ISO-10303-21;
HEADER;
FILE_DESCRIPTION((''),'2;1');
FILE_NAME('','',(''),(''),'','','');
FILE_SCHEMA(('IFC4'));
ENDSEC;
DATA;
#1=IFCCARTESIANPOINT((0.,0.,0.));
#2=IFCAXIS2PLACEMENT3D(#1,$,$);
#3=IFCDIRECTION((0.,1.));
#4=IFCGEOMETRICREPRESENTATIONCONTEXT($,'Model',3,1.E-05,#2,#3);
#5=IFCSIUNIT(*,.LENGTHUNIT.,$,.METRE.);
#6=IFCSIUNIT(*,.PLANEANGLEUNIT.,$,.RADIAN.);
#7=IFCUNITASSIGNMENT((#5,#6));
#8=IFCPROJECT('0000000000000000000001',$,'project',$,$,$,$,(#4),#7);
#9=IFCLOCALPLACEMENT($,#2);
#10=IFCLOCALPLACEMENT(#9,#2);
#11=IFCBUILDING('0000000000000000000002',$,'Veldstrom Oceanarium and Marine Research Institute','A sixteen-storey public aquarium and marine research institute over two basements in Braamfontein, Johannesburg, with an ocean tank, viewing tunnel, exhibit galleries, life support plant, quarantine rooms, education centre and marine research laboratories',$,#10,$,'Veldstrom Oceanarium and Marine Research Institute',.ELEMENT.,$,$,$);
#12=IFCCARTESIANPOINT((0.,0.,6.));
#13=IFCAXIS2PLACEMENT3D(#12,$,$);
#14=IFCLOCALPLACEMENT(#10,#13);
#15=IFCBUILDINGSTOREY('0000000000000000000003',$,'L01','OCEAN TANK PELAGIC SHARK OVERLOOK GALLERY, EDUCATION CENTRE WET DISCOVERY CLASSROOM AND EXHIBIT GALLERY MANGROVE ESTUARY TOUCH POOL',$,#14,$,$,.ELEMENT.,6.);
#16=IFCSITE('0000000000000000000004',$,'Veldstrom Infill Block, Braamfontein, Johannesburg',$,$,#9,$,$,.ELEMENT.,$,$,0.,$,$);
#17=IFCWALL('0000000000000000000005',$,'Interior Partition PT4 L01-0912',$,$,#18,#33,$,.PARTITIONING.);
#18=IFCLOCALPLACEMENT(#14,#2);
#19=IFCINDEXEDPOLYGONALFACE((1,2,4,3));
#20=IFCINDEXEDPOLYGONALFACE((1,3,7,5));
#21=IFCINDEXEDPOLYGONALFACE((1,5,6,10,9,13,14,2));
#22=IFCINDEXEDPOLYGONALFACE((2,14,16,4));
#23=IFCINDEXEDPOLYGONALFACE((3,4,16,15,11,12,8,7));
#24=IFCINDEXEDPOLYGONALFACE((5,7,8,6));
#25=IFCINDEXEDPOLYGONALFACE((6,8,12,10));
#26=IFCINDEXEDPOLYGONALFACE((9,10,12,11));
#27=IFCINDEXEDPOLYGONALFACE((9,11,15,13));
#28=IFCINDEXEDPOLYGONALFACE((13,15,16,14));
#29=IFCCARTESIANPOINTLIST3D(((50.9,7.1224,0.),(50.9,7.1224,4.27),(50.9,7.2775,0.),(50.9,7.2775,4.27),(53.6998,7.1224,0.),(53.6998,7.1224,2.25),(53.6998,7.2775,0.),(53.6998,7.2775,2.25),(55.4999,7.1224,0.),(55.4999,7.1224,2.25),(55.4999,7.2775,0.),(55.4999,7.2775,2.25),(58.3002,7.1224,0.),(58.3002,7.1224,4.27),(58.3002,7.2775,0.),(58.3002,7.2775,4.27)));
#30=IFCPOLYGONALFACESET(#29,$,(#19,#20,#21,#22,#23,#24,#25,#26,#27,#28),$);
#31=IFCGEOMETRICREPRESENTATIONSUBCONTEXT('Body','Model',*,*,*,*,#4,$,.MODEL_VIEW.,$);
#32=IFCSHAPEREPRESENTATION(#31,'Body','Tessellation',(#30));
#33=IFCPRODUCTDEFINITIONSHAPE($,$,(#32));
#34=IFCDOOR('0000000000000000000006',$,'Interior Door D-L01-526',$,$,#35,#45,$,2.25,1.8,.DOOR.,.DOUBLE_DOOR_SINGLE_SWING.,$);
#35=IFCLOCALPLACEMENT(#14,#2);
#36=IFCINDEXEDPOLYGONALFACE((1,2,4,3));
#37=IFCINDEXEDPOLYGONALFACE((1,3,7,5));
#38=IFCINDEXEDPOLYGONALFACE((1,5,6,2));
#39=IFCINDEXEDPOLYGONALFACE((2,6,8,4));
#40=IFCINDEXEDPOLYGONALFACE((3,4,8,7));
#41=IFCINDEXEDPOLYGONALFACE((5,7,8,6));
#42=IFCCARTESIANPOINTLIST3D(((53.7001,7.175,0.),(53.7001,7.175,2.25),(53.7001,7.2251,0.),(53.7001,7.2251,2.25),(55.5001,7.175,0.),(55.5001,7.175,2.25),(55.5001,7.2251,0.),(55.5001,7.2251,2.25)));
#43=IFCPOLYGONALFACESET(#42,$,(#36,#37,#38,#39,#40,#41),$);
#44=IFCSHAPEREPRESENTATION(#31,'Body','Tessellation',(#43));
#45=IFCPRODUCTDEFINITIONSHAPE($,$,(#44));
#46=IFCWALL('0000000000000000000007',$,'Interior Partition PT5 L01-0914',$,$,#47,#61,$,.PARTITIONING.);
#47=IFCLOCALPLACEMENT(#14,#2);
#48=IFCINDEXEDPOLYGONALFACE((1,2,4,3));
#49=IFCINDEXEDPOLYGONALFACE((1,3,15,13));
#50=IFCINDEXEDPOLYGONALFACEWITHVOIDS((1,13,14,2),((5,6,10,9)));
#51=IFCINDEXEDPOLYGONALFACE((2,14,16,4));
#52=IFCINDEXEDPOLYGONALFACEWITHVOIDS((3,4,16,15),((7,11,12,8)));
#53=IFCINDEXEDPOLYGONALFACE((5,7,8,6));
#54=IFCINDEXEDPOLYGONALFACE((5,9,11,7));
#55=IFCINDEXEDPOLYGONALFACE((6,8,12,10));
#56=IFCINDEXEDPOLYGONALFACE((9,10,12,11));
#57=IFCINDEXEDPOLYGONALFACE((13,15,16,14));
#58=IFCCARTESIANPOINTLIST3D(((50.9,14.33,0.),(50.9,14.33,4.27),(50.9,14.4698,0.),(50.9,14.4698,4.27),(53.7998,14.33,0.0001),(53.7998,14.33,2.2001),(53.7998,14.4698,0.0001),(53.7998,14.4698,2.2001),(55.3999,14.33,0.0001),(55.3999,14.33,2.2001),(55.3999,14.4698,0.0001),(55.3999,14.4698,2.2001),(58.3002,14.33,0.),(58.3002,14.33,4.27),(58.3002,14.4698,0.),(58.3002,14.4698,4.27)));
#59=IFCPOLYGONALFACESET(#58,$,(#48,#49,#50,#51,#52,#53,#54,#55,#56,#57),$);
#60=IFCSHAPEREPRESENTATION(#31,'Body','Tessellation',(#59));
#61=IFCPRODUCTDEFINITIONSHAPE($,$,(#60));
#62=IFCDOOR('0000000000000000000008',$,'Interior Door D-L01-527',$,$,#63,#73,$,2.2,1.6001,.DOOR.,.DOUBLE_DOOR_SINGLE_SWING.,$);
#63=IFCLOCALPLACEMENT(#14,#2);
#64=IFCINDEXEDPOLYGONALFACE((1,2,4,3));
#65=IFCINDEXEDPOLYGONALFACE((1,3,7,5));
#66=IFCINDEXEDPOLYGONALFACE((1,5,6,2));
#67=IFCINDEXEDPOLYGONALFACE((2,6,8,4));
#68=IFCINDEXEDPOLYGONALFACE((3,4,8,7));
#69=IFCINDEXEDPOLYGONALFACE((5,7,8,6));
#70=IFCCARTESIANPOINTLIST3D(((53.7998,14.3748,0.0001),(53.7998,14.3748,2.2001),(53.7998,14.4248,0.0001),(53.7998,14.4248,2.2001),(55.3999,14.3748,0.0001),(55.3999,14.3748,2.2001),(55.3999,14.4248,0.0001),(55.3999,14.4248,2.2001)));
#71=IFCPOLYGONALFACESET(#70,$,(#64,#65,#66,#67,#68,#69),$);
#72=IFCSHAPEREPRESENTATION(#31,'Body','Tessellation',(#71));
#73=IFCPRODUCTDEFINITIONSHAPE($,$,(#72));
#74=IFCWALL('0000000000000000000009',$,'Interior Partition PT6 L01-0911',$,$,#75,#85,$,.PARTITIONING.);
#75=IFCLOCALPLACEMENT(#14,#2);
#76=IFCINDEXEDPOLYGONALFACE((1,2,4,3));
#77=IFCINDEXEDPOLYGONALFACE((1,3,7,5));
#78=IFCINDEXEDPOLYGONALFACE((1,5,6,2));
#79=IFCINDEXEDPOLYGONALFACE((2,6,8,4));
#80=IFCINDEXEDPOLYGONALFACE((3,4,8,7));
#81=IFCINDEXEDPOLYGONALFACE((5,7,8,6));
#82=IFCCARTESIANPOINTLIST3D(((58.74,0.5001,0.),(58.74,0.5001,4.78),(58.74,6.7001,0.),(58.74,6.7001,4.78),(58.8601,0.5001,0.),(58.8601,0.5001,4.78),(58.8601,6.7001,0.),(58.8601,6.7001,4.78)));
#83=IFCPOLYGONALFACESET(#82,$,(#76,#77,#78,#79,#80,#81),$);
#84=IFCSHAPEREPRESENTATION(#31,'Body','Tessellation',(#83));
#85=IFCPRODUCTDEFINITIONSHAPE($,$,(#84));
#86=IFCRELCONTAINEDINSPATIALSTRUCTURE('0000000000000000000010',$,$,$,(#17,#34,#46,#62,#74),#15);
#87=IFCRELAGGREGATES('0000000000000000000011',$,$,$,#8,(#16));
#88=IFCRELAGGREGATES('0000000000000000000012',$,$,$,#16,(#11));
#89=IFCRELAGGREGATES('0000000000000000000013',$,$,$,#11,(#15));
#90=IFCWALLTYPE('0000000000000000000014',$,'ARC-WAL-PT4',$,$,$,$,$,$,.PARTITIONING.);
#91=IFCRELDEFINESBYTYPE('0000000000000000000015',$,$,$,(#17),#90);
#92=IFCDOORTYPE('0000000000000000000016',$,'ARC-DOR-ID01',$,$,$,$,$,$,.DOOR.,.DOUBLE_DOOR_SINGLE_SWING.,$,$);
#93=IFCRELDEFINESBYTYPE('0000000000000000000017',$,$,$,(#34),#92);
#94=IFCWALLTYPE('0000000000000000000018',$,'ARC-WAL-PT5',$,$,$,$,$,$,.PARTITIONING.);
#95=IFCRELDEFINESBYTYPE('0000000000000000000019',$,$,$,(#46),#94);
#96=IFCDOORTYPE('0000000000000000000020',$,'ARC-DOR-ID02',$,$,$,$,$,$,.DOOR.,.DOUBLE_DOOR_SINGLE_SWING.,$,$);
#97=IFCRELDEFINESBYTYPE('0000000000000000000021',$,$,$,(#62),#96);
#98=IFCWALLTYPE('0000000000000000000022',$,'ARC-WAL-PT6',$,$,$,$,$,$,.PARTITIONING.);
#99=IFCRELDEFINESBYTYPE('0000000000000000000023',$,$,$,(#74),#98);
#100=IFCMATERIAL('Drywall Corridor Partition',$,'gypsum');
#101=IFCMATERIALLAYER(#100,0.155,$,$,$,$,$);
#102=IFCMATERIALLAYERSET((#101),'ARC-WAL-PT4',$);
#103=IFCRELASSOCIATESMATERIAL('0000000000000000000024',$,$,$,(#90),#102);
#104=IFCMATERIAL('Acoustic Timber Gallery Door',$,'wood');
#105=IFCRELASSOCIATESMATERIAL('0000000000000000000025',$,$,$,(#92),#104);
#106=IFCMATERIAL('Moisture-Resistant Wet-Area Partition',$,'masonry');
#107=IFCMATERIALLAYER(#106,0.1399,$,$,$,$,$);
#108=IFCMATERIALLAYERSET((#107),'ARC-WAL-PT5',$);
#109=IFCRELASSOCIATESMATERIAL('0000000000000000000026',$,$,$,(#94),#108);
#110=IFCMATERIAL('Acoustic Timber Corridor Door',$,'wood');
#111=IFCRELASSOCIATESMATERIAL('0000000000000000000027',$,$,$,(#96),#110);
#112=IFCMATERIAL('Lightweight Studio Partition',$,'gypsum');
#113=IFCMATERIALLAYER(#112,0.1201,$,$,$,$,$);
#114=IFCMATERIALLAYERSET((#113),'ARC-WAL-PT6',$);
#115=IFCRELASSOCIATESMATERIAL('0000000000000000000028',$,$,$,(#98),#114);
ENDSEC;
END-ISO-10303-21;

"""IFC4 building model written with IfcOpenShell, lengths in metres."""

from ifc_helpers import new_model, si_unit, direction, frame, frame_2d, origin, place, context, subcontext, project, spatial, rectangle, extrude, material, layer, layer_set, type_object, element, fill, save


model = new_model("IFC4")

# Units and contexts
model_context = context("Model", 3, precision=1e-05, world=origin(), true_north=direction((0.0, 1.0)))
body_context = subcontext(model_context, "Body", "Model", "MODEL_VIEW")
ifc_project = project(units=[si_unit("LENGTHUNIT", "METRE"), si_unit("PLANEANGLEUNIT", "RADIAN")], contexts=[model_context])

# Site, building, storey
site_placement = place(None, origin())
site = spatial("IfcSite", under=ifc_project, at=site_placement, Name="Veldstrom Infill Block, Braamfontein, Johannesburg", CompositionType="ELEMENT", RefElevation=0.0)
building_placement = place(site_placement, origin())
building = spatial("IfcBuilding", under=site, at=building_placement, Name="Veldstrom Oceanarium and Marine Research Institute", Description="A sixteen-storey public aquarium and marine research institute over two basements in Braamfontein, Johannesburg, with an ocean tank, viewing tunnel, exhibit galleries, life support plant, quarantine rooms, education centre and marine research laboratories", LongName="Veldstrom Oceanarium and Marine Research Institute", CompositionType="ELEMENT")
storey_placement = place(building_placement, frame((0.0, 0.0, 6.0)))
storey = spatial("IfcBuildingStorey", under=building, at=storey_placement, Name="L01", Description="OCEAN TANK PELAGIC SHARK OVERLOOK GALLERY, EDUCATION CENTRE WET DISCOVERY CLASSROOM AND EXHIBIT GALLERY MANGROVE ESTUARY TOUCH POOL", CompositionType="ELEMENT", Elevation=6.0)

# Walls, openings, doors
ifc_material_1 = material(Name="Drywall Corridor Partition", Category="gypsum")
ifc_layer_1 = layer(ifc_material_1, 0.155)
ifc_layer_set_1 = layer_set([ifc_layer_1], Name="ARC-WAL-PT4")
wall_type_1 = type_object("IfcWallType", Name="ARC-WAL-PT4", PredefinedType="PARTITIONING", material=ifc_layer_set_1)
wall_1_placement = place(storey_placement, frame((50.8999, 7.2, 0.0), z_axis=(0.0, 0.0, 1.0), x_axis=(1.0, 0.0, 0.0)))
wall_1 = element("IfcWall", 1, at=wall_1_placement, inside=storey, type_object=wall_type_1, Name="Interior Partition PT4 L01-0912", PredefinedType="PARTITIONING", context=body_context, shape_type="SweptSolid", body=[
    extrude(rectangle(XDim=7.4001, YDim=0.155, at=frame_2d((3.7002, 0.0))), origin(), (0.0, 0.0, 1.0), 4.27),
])
opening_1_placement = place(wall_1_placement, frame((2.8, 0.0, 0.0)))
opening_1 = element("IfcOpeningElement", 2, at=opening_1_placement, cuts=wall_1, PredefinedType="OPENING", context=body_context, shape_type="SweptSolid", body=[
    extrude(rectangle(XDim=1.8, YDim=2.25, at=frame_2d((0.8999, 1.125))), frame((0.0, 0.0874, 0.0), z_axis=(0.0, -1.0, 0.0), x_axis=(1.0, 0.0, 0.0)), (0.0, 0.0, 1.0), 0.175),
])
ifc_material_2 = material(Name="Acoustic Timber Gallery Door", Category="wood")
door_type_1 = type_object("IfcDoorType", Name="ARC-DOR-ID01", OperationType="DOUBLE_DOOR_SINGLE_SWING", PredefinedType="DOOR", material=ifc_material_2)
door_1_placement = place(opening_1_placement, frame((1.8, 0.0, 0.0), z_axis=(0.0, 0.0, 1.0), x_axis=(-1.0, 0.0, 0.0)))
door_1 = element("IfcDoor", 3, at=door_1_placement, inside=storey, type_object=door_type_1, Name="Interior Door D-L01-526", OperationType="DOUBLE_DOOR_SINGLE_SWING", OverallHeight=2.25, OverallWidth=1.8, PredefinedType="DOOR", context=body_context, shape_type="SweptSolid", body=[
    extrude(rectangle(XDim=1.8, YDim=2.25, at=frame_2d((0.8999, 1.125))), frame((0.0, 0.0249, 0.0), z_axis=(0.0, -1.0, 0.0), x_axis=(1.0, 0.0, 0.0)), (0.0, 0.0, 1.0), 0.05),
])
fill(opening_1, door_1)
ifc_material_3 = material(Name="Moisture-Resistant Wet-Area Partition", Category="masonry")
ifc_layer_2 = layer(ifc_material_3, 0.1399)
ifc_layer_set_2 = layer_set([ifc_layer_2], Name="ARC-WAL-PT5")
wall_type_2 = type_object("IfcWallType", Name="ARC-WAL-PT5", PredefinedType="PARTITIONING", material=ifc_layer_set_2)
wall_2_placement = place(storey_placement, frame((50.8999, 14.3999, 0.0), z_axis=(0.0, 0.0, 1.0), x_axis=(1.0, 0.0, 0.0)))
wall_2 = element("IfcWall", 4, at=wall_2_placement, inside=storey, type_object=wall_type_2, Name="Interior Partition PT5 L01-0914", PredefinedType="PARTITIONING", context=body_context, shape_type="SweptSolid", body=[
    extrude(rectangle(XDim=7.4001, YDim=0.1399, at=frame_2d((3.7002, 0.0))), origin(), (0.0, 0.0, 1.0), 4.27),
])
opening_2_placement = place(wall_2_placement, frame((2.8999, 0.0, 0.0)))
opening_2 = element("IfcOpeningElement", 5, at=opening_2_placement, cuts=wall_2, PredefinedType="OPENING", context=body_context, shape_type="SweptSolid", body=[
    extrude(rectangle(XDim=1.6001, YDim=2.2, at=frame_2d((0.8, 1.1001))), frame((0.0, 0.0798, 0.0), z_axis=(0.0, -1.0, 0.0), x_axis=(1.0, 0.0, 0.0)), (0.0, 0.0, 1.0), 0.1599),
])
ifc_material_4 = material(Name="Acoustic Timber Corridor Door", Category="wood")
door_type_2 = type_object("IfcDoorType", Name="ARC-DOR-ID02", OperationType="DOUBLE_DOOR_SINGLE_SWING", PredefinedType="DOOR", material=ifc_material_4)
door_2_placement = place(opening_2_placement, origin())
door_2 = element("IfcDoor", 6, at=door_2_placement, inside=storey, type_object=door_type_2, Name="Interior Door D-L01-527", OperationType="DOUBLE_DOOR_SINGLE_SWING", OverallHeight=2.2, OverallWidth=1.6001, PredefinedType="DOOR", context=body_context, shape_type="SweptSolid", body=[
    extrude(rectangle(XDim=1.6001, YDim=2.2, at=frame_2d((0.8, 1.1001))), frame((0.0, 0.0249, 0.0), z_axis=(0.0, -1.0, 0.0), x_axis=(1.0, 0.0, 0.0)), (0.0, 0.0, 1.0), 0.05),
])
fill(opening_2, door_2)

# Wall
ifc_material_5 = material(Name="Lightweight Studio Partition", Category="gypsum")
ifc_layer_3 = layer(ifc_material_5, 0.1201)
ifc_layer_set_3 = layer_set([ifc_layer_3], Name="ARC-WAL-PT6")
wall_type_3 = type_object("IfcWallType", Name="ARC-WAL-PT6", PredefinedType="PARTITIONING", material=ifc_layer_set_3)
wall_3_placement = place(storey_placement, frame((58.8, 0.5, 0.0), z_axis=(0.0, 0.0, 1.0), x_axis=(0.0, 1.0, 0.0)))
element("IfcWall", 7, at=wall_3_placement, inside=storey, type_object=wall_type_3, Name="Interior Partition PT6 L01-0911", PredefinedType="PARTITIONING", context=body_context, shape_type="SweptSolid", body=[
    extrude(rectangle(XDim=6.2, YDim=0.1201, at=frame_2d((3.1001, 0.0))), origin(), (0.0, 0.0, 1.0), 4.78),
])

save(model, "model.ifc")
